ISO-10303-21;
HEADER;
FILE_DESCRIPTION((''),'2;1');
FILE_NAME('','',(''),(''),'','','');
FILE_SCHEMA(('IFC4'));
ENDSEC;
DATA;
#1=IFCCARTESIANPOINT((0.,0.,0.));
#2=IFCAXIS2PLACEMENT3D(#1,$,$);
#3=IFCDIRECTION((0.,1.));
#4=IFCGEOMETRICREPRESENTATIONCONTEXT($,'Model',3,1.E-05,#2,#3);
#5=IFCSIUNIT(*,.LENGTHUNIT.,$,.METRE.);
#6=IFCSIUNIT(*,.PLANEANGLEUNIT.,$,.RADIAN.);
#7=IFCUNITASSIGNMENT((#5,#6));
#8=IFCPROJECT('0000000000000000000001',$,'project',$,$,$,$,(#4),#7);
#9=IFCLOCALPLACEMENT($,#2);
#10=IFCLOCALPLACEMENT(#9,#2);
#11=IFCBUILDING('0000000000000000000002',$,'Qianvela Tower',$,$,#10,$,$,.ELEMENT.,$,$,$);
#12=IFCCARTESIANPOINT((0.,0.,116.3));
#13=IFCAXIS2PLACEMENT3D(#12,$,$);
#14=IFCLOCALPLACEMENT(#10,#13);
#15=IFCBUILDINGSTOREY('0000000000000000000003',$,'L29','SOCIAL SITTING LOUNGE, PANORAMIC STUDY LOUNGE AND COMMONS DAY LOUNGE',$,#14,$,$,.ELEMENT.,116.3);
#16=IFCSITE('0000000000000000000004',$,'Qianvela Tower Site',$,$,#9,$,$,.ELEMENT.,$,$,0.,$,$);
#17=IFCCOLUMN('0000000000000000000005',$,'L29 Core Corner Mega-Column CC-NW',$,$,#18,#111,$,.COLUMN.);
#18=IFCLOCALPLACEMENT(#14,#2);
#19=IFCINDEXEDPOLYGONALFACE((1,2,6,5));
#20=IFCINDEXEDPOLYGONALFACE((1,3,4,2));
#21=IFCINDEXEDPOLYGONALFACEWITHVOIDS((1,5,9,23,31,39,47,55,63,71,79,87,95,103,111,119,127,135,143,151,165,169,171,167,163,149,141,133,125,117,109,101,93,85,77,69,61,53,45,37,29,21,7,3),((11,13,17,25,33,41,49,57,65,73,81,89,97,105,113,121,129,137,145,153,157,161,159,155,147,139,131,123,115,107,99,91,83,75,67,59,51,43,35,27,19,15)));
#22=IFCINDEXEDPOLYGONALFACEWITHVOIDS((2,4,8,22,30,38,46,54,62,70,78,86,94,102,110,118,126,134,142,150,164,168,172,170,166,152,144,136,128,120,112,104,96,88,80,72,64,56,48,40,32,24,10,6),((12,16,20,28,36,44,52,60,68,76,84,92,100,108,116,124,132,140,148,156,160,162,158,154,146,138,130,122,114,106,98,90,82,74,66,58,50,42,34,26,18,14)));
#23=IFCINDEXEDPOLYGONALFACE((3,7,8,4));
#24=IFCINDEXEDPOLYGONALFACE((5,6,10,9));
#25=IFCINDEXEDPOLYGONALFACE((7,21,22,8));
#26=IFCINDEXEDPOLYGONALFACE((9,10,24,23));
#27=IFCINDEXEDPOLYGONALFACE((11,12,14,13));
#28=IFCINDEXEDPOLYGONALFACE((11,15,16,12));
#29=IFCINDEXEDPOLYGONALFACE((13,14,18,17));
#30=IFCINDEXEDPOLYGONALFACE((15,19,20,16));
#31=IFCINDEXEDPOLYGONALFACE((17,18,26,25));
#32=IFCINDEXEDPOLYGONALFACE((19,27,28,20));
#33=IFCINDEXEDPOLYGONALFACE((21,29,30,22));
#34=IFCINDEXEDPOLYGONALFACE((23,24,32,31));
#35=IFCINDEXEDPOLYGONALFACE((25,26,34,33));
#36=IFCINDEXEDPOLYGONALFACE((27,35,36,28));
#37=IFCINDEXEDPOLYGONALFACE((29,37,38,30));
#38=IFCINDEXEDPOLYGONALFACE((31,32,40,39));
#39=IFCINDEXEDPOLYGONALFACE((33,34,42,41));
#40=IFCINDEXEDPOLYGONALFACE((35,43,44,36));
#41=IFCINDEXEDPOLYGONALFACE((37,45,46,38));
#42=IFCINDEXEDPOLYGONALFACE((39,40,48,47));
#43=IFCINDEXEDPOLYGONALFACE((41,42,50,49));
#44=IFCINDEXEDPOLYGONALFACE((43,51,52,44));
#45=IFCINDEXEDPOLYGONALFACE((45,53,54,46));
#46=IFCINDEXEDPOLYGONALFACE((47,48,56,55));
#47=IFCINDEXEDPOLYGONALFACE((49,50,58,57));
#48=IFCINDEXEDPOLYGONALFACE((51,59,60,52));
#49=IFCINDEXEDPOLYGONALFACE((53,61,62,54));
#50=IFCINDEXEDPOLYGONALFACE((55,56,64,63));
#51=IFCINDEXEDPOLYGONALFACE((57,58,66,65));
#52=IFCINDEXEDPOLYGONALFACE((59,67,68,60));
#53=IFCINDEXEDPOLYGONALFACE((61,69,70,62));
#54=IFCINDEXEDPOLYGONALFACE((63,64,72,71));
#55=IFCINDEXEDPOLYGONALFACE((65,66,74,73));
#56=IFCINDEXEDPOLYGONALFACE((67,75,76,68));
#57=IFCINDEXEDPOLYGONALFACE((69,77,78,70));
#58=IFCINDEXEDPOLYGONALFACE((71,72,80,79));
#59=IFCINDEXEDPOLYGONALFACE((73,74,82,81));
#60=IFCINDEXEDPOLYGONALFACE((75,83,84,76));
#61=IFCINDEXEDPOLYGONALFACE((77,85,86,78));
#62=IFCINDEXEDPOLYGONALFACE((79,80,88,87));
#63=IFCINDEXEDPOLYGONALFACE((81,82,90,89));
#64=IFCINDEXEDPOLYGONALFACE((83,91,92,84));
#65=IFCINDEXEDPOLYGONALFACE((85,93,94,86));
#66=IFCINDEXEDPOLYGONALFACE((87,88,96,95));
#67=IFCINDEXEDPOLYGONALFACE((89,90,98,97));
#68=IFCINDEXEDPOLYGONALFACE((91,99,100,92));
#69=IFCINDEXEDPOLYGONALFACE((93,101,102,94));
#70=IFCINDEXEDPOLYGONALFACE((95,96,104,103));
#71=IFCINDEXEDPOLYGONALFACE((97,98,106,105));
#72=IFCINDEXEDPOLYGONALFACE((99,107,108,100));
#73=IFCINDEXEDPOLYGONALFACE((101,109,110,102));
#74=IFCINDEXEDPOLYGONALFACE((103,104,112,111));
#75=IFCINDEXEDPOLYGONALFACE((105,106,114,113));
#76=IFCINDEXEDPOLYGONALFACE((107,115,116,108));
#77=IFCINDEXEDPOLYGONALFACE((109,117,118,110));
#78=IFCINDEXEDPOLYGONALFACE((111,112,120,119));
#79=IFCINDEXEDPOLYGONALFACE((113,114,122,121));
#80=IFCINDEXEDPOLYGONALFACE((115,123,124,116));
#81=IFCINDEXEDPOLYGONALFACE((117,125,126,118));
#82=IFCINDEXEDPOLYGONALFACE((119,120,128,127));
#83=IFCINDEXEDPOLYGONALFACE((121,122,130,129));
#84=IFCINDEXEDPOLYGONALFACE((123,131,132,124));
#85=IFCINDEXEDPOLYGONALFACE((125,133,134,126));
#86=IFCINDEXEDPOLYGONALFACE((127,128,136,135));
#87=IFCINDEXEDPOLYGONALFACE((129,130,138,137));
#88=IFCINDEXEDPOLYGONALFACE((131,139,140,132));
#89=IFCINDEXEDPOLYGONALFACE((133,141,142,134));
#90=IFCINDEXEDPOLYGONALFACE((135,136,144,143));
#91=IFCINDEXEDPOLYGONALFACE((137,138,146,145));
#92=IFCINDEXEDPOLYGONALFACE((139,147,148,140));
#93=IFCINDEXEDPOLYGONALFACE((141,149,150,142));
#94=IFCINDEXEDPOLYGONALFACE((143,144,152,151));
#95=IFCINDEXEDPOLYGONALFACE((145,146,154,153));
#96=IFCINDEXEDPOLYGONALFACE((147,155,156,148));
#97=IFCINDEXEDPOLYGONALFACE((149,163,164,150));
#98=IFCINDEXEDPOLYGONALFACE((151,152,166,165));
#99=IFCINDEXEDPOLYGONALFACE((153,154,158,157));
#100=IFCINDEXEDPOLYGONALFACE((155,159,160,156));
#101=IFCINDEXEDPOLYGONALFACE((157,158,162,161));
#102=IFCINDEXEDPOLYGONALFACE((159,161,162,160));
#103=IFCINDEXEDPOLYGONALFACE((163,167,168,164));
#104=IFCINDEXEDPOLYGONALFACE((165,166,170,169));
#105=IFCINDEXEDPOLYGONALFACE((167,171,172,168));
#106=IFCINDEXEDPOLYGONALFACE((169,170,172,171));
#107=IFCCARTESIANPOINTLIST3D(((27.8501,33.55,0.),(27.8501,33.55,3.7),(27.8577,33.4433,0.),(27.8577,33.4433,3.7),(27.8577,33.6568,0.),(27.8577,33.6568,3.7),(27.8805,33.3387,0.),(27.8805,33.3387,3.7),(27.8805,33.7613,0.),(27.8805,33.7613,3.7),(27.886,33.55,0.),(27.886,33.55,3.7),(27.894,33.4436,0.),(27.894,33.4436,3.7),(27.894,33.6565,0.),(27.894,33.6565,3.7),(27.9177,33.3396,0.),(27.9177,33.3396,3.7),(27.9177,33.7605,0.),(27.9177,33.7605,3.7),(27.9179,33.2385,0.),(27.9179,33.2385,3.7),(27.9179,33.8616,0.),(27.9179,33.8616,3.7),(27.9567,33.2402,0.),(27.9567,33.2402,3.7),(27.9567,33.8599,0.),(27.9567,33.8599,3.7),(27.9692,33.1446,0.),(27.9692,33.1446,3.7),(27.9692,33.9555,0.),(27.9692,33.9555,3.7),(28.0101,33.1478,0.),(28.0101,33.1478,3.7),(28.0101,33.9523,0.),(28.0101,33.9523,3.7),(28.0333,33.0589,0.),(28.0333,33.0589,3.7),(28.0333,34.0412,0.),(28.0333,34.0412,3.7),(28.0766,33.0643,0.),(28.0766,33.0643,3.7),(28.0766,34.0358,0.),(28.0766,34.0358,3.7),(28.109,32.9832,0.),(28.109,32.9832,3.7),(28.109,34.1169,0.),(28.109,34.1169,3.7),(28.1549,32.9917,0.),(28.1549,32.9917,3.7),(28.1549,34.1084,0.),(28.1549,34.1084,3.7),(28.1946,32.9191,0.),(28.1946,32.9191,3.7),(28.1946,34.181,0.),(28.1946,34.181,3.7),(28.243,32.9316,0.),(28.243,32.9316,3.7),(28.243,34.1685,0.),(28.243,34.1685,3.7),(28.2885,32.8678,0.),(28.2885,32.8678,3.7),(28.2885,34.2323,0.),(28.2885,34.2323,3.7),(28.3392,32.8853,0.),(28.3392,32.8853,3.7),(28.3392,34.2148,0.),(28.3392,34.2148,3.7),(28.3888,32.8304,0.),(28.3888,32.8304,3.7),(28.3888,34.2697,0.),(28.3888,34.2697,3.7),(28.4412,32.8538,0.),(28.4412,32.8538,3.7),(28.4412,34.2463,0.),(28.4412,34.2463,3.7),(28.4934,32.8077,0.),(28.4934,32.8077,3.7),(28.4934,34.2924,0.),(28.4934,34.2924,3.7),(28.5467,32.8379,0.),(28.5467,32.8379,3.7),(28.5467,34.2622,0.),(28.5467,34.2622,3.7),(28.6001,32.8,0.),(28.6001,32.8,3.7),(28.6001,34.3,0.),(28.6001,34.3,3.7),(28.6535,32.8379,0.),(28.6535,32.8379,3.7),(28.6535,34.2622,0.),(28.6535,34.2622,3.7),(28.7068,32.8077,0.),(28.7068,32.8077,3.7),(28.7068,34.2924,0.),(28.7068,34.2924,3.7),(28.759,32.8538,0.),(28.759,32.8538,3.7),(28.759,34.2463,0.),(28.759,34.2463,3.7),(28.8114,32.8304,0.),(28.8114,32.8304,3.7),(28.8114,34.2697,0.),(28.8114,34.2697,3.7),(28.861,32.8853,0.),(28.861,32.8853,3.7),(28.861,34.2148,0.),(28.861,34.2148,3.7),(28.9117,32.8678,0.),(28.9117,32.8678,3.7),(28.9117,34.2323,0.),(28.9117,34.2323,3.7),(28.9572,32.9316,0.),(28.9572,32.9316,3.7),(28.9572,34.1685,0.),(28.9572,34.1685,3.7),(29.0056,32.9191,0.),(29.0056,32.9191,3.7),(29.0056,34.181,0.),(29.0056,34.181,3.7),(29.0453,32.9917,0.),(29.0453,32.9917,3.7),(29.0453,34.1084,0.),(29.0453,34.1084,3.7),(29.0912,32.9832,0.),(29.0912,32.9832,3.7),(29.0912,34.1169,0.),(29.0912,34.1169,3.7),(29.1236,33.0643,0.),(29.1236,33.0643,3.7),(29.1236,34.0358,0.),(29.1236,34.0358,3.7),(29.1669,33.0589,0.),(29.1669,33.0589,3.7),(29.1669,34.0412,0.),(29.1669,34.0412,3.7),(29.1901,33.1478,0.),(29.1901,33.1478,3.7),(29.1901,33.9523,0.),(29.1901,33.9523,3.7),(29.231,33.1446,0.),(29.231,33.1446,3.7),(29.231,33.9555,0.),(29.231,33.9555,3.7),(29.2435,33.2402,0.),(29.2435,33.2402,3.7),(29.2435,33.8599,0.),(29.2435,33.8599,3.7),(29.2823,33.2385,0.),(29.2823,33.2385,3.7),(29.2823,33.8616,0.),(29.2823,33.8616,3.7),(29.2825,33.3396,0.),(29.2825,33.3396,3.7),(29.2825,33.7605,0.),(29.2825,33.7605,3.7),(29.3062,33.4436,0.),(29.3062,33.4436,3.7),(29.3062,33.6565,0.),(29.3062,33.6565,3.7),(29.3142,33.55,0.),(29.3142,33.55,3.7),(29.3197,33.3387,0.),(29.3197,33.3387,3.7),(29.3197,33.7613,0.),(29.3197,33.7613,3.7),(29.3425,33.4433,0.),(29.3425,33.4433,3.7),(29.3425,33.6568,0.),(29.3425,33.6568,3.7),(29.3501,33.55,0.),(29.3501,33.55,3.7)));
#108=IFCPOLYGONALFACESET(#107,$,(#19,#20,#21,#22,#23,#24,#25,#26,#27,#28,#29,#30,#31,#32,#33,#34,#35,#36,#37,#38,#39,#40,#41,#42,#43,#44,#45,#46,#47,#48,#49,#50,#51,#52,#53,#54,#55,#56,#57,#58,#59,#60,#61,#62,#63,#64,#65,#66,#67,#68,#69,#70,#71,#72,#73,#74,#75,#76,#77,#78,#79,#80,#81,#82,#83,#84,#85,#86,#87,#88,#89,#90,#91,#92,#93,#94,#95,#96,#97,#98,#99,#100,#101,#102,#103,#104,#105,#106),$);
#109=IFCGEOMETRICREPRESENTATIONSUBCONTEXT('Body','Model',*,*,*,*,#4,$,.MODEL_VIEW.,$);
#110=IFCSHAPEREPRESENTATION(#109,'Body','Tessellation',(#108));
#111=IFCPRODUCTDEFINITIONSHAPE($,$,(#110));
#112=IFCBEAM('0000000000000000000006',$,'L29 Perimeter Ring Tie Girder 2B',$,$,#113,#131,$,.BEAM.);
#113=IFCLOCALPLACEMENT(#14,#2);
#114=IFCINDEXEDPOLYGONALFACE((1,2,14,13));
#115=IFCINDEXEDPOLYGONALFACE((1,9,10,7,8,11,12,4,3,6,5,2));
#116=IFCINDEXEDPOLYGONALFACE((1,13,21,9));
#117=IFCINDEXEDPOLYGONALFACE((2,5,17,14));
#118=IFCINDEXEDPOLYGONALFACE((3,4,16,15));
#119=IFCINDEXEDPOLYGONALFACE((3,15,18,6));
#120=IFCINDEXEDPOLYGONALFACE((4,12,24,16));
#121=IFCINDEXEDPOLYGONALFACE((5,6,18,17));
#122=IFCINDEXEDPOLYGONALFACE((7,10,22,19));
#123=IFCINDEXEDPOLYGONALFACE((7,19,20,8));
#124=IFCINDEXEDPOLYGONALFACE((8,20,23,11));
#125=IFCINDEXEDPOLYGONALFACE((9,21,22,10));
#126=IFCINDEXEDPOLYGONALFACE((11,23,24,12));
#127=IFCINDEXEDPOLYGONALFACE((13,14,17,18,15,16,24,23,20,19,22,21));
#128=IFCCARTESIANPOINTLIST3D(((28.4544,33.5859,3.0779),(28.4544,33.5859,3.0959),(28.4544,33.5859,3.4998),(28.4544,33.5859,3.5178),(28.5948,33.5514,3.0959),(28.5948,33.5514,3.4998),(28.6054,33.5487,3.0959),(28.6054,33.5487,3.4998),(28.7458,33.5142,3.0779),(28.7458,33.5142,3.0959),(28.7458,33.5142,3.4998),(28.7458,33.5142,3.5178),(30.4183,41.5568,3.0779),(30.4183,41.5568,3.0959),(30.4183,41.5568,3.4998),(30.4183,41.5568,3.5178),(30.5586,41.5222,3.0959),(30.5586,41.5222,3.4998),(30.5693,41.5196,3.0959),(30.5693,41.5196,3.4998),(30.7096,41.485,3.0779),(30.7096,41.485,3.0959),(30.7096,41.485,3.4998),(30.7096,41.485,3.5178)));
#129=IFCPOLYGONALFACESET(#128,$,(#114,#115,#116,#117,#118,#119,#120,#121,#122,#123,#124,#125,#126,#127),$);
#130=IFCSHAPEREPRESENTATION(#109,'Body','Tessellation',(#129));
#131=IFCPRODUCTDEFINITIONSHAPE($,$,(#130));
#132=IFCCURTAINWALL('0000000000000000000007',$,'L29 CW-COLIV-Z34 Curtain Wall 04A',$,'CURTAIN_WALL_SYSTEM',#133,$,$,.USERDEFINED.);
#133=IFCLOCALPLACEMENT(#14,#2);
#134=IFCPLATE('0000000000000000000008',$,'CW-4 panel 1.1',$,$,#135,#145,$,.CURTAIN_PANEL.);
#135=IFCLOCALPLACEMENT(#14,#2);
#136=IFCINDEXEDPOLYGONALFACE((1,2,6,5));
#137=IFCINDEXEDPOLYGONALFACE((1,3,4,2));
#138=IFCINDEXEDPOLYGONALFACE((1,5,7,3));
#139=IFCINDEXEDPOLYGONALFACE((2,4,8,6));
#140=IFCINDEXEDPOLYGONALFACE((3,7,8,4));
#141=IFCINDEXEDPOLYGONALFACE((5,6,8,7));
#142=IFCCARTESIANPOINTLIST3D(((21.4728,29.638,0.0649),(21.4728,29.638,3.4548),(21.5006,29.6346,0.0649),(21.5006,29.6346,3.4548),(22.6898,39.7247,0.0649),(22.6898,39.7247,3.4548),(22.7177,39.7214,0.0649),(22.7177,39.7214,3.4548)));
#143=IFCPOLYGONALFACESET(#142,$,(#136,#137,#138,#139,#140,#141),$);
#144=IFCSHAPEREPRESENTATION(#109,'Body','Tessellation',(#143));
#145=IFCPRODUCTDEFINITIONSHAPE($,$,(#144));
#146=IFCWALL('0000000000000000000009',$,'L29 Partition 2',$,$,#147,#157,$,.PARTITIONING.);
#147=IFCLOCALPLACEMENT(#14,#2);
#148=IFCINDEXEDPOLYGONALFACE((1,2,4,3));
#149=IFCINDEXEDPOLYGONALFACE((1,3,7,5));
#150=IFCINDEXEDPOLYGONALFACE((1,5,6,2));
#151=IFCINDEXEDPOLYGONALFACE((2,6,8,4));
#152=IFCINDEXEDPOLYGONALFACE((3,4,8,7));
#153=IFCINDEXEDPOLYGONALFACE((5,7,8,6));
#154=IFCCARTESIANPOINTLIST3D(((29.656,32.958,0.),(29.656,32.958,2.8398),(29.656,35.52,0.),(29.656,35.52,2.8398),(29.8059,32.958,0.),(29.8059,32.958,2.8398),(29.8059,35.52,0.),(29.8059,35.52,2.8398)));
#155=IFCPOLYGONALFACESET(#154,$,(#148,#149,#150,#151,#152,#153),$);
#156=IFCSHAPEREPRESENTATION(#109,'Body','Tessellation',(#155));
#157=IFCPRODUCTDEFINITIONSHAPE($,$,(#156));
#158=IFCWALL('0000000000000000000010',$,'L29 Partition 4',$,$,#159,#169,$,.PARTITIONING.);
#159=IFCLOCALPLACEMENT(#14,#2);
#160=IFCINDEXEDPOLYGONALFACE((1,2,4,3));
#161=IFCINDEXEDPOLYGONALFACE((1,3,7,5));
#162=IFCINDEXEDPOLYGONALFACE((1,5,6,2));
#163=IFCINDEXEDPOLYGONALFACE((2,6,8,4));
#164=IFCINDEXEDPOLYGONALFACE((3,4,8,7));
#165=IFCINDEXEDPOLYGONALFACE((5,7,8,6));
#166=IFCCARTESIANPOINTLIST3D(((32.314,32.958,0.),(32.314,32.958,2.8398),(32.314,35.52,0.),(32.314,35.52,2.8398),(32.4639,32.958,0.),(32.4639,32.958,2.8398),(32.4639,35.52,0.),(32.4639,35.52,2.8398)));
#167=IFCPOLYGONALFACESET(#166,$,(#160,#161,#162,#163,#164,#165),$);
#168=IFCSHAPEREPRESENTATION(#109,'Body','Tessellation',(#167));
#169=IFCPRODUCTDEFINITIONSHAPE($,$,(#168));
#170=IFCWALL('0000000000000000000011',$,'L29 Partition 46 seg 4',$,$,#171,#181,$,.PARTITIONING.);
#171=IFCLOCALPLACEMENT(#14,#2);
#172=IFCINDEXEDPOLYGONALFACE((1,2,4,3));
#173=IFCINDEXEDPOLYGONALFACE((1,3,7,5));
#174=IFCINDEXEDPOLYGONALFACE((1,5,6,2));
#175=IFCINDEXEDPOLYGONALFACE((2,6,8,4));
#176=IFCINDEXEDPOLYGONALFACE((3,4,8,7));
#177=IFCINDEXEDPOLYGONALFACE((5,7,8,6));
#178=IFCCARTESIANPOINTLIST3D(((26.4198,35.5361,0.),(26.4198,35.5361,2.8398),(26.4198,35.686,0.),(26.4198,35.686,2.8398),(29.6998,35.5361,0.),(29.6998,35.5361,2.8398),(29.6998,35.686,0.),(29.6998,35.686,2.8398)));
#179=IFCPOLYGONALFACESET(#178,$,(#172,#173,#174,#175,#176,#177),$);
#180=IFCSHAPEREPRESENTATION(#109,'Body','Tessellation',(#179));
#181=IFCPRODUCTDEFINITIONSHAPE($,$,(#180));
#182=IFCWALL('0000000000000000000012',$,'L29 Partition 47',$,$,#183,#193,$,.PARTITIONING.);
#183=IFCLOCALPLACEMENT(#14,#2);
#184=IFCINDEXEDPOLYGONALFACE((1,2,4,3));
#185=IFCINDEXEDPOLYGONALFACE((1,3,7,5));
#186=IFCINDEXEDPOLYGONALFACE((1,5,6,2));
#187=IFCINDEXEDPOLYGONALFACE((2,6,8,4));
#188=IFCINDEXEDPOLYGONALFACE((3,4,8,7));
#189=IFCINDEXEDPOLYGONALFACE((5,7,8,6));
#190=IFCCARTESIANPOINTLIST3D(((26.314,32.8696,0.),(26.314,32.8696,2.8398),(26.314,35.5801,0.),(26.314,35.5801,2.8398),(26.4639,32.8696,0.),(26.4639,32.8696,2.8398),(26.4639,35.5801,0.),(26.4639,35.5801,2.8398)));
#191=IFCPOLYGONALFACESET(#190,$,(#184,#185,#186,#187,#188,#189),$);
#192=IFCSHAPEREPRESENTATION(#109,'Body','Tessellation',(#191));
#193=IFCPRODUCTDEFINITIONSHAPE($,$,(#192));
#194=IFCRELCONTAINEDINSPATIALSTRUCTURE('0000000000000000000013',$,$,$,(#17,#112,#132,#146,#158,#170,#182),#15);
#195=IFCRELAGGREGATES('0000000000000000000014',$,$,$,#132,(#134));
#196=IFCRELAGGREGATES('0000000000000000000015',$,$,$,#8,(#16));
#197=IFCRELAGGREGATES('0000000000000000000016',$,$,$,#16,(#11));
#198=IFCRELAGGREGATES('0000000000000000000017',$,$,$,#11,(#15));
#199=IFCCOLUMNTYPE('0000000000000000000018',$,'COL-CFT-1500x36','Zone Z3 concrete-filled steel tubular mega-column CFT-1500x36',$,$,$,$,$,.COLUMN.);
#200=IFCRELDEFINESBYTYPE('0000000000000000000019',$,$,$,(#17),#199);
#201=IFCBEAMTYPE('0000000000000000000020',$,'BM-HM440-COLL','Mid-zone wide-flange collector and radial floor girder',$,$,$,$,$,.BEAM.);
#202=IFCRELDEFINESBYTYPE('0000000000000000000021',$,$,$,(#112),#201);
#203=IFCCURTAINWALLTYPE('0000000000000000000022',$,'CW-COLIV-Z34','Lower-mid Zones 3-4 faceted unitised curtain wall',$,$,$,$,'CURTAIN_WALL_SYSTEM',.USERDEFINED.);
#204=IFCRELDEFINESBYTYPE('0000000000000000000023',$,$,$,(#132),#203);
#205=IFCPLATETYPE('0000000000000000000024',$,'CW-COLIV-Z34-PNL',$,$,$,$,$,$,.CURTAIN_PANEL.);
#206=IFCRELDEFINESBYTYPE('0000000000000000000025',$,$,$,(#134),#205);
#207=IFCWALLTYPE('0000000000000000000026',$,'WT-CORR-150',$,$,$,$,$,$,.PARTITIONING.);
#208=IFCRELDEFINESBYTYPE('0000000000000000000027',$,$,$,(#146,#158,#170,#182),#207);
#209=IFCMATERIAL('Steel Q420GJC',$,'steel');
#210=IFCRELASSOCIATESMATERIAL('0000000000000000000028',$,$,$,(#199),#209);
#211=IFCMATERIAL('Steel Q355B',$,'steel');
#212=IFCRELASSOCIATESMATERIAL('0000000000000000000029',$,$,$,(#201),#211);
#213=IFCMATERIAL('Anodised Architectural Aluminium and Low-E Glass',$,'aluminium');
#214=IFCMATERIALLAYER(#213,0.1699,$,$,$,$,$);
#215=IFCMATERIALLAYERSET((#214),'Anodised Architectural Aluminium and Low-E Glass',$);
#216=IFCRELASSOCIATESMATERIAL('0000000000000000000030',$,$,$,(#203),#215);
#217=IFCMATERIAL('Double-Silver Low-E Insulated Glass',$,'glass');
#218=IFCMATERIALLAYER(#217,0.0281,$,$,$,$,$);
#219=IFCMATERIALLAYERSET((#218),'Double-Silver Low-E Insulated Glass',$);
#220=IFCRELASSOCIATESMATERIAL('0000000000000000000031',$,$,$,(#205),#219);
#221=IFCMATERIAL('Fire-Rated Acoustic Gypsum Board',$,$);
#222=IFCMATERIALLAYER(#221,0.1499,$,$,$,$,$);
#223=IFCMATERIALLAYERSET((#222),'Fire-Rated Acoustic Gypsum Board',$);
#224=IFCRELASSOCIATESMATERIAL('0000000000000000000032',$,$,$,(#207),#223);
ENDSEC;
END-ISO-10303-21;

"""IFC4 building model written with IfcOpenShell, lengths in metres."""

from ifc_helpers import new_model, si_unit, direction, frame, frame_2d, origin, origin_2d, place, context, subcontext, project, spatial, rectangle, hollow_circle, i_section, extrude, material, layer, layer_set, material_profile, profile_set, type_object, element, aggregate, save


model = new_model("IFC4")

# Units and contexts
model_context = context("Model", 3, precision=1e-05, world=origin(), true_north=direction((0.0, 1.0)))
body_context = subcontext(model_context, "Body", "Model", "MODEL_VIEW")
ifc_project = project(units=[si_unit("LENGTHUNIT", "METRE"), si_unit("PLANEANGLEUNIT", "RADIAN")], contexts=[model_context])

# Site, building, storey
site_placement = place(None, origin())
site = spatial("IfcSite", under=ifc_project, at=site_placement, Name="Qianvela Tower Site", CompositionType="ELEMENT", RefElevation=0.0)
building_placement = place(site_placement, origin())
building = spatial("IfcBuilding", under=site, at=building_placement, Name="Qianvela Tower", CompositionType="ELEMENT")
storey_placement = place(building_placement, frame((0.0, 0.0, 116.3)))
storey = spatial("IfcBuildingStorey", under=building, at=storey_placement, Name="L29", Description="SOCIAL SITTING LOUNGE, PANORAMIC STUDY LOUNGE AND COMMONS DAY LOUNGE", CompositionType="ELEMENT", Elevation=116.3)

# Column
ifc_material_1 = material(Name="Steel Q420GJC", Category="steel")
ifc_material_profile_1 = material_profile(ifc_material_1, hollow_circle(Radius=0.75, WallThickness=0.0359, at=origin_2d()), Name="CFT-1500x36")
ifc_profile_set_1 = profile_set([ifc_material_profile_1], Name="Steel Q420GJC")
column_type = type_object("IfcColumnType", Name="COL-CFT-1500x36", Description="Zone Z3 concrete-filled steel tubular mega-column CFT-1500x36", PredefinedType="COLUMN", material=ifc_profile_set_1)
column_placement = place(storey_placement, frame((28.6001, 33.55, 0.0), z_axis=(0.0, 0.0, 1.0), x_axis=(1.0, 0.0, 0.0)))
element("IfcColumn", 1, at=column_placement, inside=storey, type_object=column_type, Name="L29 Core Corner Mega-Column CC-NW", PredefinedType="COLUMN", context=body_context, shape_type="SweptSolid", body=[
    extrude(hollow_circle(Radius=0.75, WallThickness=0.0359, at=origin_2d()), origin(), (0.0, 0.0, 1.0), 3.7),
])

# Beam
ifc_material_2 = material(Name="Steel Q355B", Category="steel")
ifc_material_profile_2 = material_profile(ifc_material_2, i_section(OverallWidth=0.3, OverallDepth=0.4399, WebThickness=0.011, FlangeThickness=0.0181, at=origin_2d()), Name="HM440x300x11x18")
ifc_profile_set_2 = profile_set([ifc_material_profile_2], Name="Steel Q355B")
beam_type = type_object("IfcBeamType", Name="BM-HM440-COLL", Description="Mid-zone wide-flange collector and radial floor girder", PredefinedType="BEAM", material=ifc_profile_set_2)
beam_placement = place(storey_placement, frame((28.6001, 33.55, 3.2979), z_axis=(0.239224, 0.970964, 0.0), x_axis=(-0.970964, 0.239224, 0.0)))
element("IfcBeam", 2, at=beam_placement, inside=storey, type_object=beam_type, Name="L29 Perimeter Ring Tie Girder 2B", PredefinedType="BEAM", context=body_context, shape_type="SweptSolid", body=[
    extrude(i_section(OverallWidth=0.3, OverallDepth=0.4399, WebThickness=0.011, FlangeThickness=0.0181, at=origin_2d()), origin(), (0.0, 0.0, 1.0), 8.2092),
])

# Curtain wall, plate
ifc_material_3 = material(Name="Anodised Architectural Aluminium and Low-E Glass", Category="aluminium")
ifc_layer_1 = layer(ifc_material_3, 0.1699)
ifc_layer_set_1 = layer_set([ifc_layer_1], Name="Anodised Architectural Aluminium and Low-E Glass")
curtain_wall_type = type_object("IfcCurtainWallType", Name="CW-COLIV-Z34", Description="Lower-mid Zones 3-4 faceted unitised curtain wall", ElementType="CURTAIN_WALL_SYSTEM", PredefinedType="USERDEFINED", material=ifc_layer_set_1)
curtain_wall_placement = place(storey_placement, origin())
curtain_wall = element("IfcCurtainWall", 3, at=curtain_wall_placement, inside=storey, type_object=curtain_wall_type, Name="L29 CW-COLIV-Z34 Curtain Wall 04A", ObjectType="CURTAIN_WALL_SYSTEM", PredefinedType="USERDEFINED")
ifc_material_4 = material(Name="Double-Silver Low-E Insulated Glass", Category="glass")
ifc_layer_2 = layer(ifc_material_4, 0.0281)
ifc_layer_set_2 = layer_set([ifc_layer_2], Name="Double-Silver Low-E Insulated Glass")
plate_type = type_object("IfcPlateType", Name="CW-COLIV-Z34-PNL", PredefinedType="CURTAIN_PANEL", material=ifc_layer_set_2)
plate_placement = place(storey_placement, frame((22.0952, 34.6797, 0.0649), z_axis=(0.0, 0.0, 1.0), x_axis=(-0.119786, -0.9928, 0.0)))
plate = element("IfcPlate", 4, at=plate_placement, type_object=plate_type, Name="CW-4 panel 1.1", PredefinedType="CURTAIN_PANEL", context=body_context, shape_type="SweptSolid", body=[
    extrude(rectangle(XDim=10.1599, YDim=0.0281, at=origin_2d()), origin(), (0.0, 0.0, 1.0), 3.3899),
])
aggregate(curtain_wall, [plate])

# Wall
ifc_material_5 = material(Name="Fire-Rated Acoustic Gypsum Board")
ifc_layer_3 = layer(ifc_material_5, 0.1499)
ifc_layer_set_3 = layer_set([ifc_layer_3], Name="Fire-Rated Acoustic Gypsum Board")
wall_type_1 = type_object("IfcWallType", Name="WT-CORR-150", PredefinedType="PARTITIONING", material=ifc_layer_set_3)
wall_1_placement = place(storey_placement, frame((29.731, 32.958, 0.0), z_axis=(0.0, 0.0, 1.0), x_axis=(0.0, 1.0, 0.0)))
element("IfcWall", 5, at=wall_1_placement, inside=storey, type_object=wall_type_1, Name="L29 Partition 2", PredefinedType="PARTITIONING", context=body_context, shape_type="SweptSolid", body=[
    extrude(rectangle(XDim=2.562, YDim=0.1499, at=frame_2d((1.281, 0.0))), origin(), (0.0, 0.0, 1.0), 2.8398),
])

# Walls
wall_2_placement = place(storey_placement, frame((32.3889, 35.52, 0.0), z_axis=(0.0, 0.0, 1.0), x_axis=(0.0, -1.0, 0.0)))
element("IfcWall", 6, at=wall_2_placement, inside=storey, type_object=wall_type_1, Name="L29 Partition 4", PredefinedType="PARTITIONING", context=body_context, shape_type="SweptSolid", body=[
    extrude(rectangle(XDim=2.562, YDim=0.1499, at=frame_2d((1.281, 0.0))), origin(), (0.0, 0.0, 1.0), 2.8398),
])
wall_3_placement = place(storey_placement, frame((29.7, 35.6111, 0.0), z_axis=(0.0, 0.0, 1.0), x_axis=(-1.0, 0.0, 0.0)))
element("IfcWall", 7, at=wall_3_placement, inside=storey, type_object=wall_type_1, Name="L29 Partition 46 seg 4", PredefinedType="PARTITIONING", context=body_context, shape_type="SweptSolid", body=[
    extrude(rectangle(XDim=3.28, YDim=0.1499, at=frame_2d((1.6401, 0.0))), origin(), (0.0, 0.0, 1.0), 2.8398),
])
wall_4_placement = place(storey_placement, frame((26.3889, 35.5801, 0.0), z_axis=(0.0, 0.0, 1.0), x_axis=(0.0, -1.0, 0.0)))
element("IfcWall", 8, at=wall_4_placement, inside=storey, type_object=wall_type_1, Name="L29 Partition 47", PredefinedType="PARTITIONING", context=body_context, shape_type="SweptSolid", body=[
    extrude(rectangle(XDim=2.7104, YDim=0.1499, at=frame_2d((1.3552, 0.0))), origin(), (0.0, 0.0, 1.0), 2.8398),
])

save(model, "model.ifc")
